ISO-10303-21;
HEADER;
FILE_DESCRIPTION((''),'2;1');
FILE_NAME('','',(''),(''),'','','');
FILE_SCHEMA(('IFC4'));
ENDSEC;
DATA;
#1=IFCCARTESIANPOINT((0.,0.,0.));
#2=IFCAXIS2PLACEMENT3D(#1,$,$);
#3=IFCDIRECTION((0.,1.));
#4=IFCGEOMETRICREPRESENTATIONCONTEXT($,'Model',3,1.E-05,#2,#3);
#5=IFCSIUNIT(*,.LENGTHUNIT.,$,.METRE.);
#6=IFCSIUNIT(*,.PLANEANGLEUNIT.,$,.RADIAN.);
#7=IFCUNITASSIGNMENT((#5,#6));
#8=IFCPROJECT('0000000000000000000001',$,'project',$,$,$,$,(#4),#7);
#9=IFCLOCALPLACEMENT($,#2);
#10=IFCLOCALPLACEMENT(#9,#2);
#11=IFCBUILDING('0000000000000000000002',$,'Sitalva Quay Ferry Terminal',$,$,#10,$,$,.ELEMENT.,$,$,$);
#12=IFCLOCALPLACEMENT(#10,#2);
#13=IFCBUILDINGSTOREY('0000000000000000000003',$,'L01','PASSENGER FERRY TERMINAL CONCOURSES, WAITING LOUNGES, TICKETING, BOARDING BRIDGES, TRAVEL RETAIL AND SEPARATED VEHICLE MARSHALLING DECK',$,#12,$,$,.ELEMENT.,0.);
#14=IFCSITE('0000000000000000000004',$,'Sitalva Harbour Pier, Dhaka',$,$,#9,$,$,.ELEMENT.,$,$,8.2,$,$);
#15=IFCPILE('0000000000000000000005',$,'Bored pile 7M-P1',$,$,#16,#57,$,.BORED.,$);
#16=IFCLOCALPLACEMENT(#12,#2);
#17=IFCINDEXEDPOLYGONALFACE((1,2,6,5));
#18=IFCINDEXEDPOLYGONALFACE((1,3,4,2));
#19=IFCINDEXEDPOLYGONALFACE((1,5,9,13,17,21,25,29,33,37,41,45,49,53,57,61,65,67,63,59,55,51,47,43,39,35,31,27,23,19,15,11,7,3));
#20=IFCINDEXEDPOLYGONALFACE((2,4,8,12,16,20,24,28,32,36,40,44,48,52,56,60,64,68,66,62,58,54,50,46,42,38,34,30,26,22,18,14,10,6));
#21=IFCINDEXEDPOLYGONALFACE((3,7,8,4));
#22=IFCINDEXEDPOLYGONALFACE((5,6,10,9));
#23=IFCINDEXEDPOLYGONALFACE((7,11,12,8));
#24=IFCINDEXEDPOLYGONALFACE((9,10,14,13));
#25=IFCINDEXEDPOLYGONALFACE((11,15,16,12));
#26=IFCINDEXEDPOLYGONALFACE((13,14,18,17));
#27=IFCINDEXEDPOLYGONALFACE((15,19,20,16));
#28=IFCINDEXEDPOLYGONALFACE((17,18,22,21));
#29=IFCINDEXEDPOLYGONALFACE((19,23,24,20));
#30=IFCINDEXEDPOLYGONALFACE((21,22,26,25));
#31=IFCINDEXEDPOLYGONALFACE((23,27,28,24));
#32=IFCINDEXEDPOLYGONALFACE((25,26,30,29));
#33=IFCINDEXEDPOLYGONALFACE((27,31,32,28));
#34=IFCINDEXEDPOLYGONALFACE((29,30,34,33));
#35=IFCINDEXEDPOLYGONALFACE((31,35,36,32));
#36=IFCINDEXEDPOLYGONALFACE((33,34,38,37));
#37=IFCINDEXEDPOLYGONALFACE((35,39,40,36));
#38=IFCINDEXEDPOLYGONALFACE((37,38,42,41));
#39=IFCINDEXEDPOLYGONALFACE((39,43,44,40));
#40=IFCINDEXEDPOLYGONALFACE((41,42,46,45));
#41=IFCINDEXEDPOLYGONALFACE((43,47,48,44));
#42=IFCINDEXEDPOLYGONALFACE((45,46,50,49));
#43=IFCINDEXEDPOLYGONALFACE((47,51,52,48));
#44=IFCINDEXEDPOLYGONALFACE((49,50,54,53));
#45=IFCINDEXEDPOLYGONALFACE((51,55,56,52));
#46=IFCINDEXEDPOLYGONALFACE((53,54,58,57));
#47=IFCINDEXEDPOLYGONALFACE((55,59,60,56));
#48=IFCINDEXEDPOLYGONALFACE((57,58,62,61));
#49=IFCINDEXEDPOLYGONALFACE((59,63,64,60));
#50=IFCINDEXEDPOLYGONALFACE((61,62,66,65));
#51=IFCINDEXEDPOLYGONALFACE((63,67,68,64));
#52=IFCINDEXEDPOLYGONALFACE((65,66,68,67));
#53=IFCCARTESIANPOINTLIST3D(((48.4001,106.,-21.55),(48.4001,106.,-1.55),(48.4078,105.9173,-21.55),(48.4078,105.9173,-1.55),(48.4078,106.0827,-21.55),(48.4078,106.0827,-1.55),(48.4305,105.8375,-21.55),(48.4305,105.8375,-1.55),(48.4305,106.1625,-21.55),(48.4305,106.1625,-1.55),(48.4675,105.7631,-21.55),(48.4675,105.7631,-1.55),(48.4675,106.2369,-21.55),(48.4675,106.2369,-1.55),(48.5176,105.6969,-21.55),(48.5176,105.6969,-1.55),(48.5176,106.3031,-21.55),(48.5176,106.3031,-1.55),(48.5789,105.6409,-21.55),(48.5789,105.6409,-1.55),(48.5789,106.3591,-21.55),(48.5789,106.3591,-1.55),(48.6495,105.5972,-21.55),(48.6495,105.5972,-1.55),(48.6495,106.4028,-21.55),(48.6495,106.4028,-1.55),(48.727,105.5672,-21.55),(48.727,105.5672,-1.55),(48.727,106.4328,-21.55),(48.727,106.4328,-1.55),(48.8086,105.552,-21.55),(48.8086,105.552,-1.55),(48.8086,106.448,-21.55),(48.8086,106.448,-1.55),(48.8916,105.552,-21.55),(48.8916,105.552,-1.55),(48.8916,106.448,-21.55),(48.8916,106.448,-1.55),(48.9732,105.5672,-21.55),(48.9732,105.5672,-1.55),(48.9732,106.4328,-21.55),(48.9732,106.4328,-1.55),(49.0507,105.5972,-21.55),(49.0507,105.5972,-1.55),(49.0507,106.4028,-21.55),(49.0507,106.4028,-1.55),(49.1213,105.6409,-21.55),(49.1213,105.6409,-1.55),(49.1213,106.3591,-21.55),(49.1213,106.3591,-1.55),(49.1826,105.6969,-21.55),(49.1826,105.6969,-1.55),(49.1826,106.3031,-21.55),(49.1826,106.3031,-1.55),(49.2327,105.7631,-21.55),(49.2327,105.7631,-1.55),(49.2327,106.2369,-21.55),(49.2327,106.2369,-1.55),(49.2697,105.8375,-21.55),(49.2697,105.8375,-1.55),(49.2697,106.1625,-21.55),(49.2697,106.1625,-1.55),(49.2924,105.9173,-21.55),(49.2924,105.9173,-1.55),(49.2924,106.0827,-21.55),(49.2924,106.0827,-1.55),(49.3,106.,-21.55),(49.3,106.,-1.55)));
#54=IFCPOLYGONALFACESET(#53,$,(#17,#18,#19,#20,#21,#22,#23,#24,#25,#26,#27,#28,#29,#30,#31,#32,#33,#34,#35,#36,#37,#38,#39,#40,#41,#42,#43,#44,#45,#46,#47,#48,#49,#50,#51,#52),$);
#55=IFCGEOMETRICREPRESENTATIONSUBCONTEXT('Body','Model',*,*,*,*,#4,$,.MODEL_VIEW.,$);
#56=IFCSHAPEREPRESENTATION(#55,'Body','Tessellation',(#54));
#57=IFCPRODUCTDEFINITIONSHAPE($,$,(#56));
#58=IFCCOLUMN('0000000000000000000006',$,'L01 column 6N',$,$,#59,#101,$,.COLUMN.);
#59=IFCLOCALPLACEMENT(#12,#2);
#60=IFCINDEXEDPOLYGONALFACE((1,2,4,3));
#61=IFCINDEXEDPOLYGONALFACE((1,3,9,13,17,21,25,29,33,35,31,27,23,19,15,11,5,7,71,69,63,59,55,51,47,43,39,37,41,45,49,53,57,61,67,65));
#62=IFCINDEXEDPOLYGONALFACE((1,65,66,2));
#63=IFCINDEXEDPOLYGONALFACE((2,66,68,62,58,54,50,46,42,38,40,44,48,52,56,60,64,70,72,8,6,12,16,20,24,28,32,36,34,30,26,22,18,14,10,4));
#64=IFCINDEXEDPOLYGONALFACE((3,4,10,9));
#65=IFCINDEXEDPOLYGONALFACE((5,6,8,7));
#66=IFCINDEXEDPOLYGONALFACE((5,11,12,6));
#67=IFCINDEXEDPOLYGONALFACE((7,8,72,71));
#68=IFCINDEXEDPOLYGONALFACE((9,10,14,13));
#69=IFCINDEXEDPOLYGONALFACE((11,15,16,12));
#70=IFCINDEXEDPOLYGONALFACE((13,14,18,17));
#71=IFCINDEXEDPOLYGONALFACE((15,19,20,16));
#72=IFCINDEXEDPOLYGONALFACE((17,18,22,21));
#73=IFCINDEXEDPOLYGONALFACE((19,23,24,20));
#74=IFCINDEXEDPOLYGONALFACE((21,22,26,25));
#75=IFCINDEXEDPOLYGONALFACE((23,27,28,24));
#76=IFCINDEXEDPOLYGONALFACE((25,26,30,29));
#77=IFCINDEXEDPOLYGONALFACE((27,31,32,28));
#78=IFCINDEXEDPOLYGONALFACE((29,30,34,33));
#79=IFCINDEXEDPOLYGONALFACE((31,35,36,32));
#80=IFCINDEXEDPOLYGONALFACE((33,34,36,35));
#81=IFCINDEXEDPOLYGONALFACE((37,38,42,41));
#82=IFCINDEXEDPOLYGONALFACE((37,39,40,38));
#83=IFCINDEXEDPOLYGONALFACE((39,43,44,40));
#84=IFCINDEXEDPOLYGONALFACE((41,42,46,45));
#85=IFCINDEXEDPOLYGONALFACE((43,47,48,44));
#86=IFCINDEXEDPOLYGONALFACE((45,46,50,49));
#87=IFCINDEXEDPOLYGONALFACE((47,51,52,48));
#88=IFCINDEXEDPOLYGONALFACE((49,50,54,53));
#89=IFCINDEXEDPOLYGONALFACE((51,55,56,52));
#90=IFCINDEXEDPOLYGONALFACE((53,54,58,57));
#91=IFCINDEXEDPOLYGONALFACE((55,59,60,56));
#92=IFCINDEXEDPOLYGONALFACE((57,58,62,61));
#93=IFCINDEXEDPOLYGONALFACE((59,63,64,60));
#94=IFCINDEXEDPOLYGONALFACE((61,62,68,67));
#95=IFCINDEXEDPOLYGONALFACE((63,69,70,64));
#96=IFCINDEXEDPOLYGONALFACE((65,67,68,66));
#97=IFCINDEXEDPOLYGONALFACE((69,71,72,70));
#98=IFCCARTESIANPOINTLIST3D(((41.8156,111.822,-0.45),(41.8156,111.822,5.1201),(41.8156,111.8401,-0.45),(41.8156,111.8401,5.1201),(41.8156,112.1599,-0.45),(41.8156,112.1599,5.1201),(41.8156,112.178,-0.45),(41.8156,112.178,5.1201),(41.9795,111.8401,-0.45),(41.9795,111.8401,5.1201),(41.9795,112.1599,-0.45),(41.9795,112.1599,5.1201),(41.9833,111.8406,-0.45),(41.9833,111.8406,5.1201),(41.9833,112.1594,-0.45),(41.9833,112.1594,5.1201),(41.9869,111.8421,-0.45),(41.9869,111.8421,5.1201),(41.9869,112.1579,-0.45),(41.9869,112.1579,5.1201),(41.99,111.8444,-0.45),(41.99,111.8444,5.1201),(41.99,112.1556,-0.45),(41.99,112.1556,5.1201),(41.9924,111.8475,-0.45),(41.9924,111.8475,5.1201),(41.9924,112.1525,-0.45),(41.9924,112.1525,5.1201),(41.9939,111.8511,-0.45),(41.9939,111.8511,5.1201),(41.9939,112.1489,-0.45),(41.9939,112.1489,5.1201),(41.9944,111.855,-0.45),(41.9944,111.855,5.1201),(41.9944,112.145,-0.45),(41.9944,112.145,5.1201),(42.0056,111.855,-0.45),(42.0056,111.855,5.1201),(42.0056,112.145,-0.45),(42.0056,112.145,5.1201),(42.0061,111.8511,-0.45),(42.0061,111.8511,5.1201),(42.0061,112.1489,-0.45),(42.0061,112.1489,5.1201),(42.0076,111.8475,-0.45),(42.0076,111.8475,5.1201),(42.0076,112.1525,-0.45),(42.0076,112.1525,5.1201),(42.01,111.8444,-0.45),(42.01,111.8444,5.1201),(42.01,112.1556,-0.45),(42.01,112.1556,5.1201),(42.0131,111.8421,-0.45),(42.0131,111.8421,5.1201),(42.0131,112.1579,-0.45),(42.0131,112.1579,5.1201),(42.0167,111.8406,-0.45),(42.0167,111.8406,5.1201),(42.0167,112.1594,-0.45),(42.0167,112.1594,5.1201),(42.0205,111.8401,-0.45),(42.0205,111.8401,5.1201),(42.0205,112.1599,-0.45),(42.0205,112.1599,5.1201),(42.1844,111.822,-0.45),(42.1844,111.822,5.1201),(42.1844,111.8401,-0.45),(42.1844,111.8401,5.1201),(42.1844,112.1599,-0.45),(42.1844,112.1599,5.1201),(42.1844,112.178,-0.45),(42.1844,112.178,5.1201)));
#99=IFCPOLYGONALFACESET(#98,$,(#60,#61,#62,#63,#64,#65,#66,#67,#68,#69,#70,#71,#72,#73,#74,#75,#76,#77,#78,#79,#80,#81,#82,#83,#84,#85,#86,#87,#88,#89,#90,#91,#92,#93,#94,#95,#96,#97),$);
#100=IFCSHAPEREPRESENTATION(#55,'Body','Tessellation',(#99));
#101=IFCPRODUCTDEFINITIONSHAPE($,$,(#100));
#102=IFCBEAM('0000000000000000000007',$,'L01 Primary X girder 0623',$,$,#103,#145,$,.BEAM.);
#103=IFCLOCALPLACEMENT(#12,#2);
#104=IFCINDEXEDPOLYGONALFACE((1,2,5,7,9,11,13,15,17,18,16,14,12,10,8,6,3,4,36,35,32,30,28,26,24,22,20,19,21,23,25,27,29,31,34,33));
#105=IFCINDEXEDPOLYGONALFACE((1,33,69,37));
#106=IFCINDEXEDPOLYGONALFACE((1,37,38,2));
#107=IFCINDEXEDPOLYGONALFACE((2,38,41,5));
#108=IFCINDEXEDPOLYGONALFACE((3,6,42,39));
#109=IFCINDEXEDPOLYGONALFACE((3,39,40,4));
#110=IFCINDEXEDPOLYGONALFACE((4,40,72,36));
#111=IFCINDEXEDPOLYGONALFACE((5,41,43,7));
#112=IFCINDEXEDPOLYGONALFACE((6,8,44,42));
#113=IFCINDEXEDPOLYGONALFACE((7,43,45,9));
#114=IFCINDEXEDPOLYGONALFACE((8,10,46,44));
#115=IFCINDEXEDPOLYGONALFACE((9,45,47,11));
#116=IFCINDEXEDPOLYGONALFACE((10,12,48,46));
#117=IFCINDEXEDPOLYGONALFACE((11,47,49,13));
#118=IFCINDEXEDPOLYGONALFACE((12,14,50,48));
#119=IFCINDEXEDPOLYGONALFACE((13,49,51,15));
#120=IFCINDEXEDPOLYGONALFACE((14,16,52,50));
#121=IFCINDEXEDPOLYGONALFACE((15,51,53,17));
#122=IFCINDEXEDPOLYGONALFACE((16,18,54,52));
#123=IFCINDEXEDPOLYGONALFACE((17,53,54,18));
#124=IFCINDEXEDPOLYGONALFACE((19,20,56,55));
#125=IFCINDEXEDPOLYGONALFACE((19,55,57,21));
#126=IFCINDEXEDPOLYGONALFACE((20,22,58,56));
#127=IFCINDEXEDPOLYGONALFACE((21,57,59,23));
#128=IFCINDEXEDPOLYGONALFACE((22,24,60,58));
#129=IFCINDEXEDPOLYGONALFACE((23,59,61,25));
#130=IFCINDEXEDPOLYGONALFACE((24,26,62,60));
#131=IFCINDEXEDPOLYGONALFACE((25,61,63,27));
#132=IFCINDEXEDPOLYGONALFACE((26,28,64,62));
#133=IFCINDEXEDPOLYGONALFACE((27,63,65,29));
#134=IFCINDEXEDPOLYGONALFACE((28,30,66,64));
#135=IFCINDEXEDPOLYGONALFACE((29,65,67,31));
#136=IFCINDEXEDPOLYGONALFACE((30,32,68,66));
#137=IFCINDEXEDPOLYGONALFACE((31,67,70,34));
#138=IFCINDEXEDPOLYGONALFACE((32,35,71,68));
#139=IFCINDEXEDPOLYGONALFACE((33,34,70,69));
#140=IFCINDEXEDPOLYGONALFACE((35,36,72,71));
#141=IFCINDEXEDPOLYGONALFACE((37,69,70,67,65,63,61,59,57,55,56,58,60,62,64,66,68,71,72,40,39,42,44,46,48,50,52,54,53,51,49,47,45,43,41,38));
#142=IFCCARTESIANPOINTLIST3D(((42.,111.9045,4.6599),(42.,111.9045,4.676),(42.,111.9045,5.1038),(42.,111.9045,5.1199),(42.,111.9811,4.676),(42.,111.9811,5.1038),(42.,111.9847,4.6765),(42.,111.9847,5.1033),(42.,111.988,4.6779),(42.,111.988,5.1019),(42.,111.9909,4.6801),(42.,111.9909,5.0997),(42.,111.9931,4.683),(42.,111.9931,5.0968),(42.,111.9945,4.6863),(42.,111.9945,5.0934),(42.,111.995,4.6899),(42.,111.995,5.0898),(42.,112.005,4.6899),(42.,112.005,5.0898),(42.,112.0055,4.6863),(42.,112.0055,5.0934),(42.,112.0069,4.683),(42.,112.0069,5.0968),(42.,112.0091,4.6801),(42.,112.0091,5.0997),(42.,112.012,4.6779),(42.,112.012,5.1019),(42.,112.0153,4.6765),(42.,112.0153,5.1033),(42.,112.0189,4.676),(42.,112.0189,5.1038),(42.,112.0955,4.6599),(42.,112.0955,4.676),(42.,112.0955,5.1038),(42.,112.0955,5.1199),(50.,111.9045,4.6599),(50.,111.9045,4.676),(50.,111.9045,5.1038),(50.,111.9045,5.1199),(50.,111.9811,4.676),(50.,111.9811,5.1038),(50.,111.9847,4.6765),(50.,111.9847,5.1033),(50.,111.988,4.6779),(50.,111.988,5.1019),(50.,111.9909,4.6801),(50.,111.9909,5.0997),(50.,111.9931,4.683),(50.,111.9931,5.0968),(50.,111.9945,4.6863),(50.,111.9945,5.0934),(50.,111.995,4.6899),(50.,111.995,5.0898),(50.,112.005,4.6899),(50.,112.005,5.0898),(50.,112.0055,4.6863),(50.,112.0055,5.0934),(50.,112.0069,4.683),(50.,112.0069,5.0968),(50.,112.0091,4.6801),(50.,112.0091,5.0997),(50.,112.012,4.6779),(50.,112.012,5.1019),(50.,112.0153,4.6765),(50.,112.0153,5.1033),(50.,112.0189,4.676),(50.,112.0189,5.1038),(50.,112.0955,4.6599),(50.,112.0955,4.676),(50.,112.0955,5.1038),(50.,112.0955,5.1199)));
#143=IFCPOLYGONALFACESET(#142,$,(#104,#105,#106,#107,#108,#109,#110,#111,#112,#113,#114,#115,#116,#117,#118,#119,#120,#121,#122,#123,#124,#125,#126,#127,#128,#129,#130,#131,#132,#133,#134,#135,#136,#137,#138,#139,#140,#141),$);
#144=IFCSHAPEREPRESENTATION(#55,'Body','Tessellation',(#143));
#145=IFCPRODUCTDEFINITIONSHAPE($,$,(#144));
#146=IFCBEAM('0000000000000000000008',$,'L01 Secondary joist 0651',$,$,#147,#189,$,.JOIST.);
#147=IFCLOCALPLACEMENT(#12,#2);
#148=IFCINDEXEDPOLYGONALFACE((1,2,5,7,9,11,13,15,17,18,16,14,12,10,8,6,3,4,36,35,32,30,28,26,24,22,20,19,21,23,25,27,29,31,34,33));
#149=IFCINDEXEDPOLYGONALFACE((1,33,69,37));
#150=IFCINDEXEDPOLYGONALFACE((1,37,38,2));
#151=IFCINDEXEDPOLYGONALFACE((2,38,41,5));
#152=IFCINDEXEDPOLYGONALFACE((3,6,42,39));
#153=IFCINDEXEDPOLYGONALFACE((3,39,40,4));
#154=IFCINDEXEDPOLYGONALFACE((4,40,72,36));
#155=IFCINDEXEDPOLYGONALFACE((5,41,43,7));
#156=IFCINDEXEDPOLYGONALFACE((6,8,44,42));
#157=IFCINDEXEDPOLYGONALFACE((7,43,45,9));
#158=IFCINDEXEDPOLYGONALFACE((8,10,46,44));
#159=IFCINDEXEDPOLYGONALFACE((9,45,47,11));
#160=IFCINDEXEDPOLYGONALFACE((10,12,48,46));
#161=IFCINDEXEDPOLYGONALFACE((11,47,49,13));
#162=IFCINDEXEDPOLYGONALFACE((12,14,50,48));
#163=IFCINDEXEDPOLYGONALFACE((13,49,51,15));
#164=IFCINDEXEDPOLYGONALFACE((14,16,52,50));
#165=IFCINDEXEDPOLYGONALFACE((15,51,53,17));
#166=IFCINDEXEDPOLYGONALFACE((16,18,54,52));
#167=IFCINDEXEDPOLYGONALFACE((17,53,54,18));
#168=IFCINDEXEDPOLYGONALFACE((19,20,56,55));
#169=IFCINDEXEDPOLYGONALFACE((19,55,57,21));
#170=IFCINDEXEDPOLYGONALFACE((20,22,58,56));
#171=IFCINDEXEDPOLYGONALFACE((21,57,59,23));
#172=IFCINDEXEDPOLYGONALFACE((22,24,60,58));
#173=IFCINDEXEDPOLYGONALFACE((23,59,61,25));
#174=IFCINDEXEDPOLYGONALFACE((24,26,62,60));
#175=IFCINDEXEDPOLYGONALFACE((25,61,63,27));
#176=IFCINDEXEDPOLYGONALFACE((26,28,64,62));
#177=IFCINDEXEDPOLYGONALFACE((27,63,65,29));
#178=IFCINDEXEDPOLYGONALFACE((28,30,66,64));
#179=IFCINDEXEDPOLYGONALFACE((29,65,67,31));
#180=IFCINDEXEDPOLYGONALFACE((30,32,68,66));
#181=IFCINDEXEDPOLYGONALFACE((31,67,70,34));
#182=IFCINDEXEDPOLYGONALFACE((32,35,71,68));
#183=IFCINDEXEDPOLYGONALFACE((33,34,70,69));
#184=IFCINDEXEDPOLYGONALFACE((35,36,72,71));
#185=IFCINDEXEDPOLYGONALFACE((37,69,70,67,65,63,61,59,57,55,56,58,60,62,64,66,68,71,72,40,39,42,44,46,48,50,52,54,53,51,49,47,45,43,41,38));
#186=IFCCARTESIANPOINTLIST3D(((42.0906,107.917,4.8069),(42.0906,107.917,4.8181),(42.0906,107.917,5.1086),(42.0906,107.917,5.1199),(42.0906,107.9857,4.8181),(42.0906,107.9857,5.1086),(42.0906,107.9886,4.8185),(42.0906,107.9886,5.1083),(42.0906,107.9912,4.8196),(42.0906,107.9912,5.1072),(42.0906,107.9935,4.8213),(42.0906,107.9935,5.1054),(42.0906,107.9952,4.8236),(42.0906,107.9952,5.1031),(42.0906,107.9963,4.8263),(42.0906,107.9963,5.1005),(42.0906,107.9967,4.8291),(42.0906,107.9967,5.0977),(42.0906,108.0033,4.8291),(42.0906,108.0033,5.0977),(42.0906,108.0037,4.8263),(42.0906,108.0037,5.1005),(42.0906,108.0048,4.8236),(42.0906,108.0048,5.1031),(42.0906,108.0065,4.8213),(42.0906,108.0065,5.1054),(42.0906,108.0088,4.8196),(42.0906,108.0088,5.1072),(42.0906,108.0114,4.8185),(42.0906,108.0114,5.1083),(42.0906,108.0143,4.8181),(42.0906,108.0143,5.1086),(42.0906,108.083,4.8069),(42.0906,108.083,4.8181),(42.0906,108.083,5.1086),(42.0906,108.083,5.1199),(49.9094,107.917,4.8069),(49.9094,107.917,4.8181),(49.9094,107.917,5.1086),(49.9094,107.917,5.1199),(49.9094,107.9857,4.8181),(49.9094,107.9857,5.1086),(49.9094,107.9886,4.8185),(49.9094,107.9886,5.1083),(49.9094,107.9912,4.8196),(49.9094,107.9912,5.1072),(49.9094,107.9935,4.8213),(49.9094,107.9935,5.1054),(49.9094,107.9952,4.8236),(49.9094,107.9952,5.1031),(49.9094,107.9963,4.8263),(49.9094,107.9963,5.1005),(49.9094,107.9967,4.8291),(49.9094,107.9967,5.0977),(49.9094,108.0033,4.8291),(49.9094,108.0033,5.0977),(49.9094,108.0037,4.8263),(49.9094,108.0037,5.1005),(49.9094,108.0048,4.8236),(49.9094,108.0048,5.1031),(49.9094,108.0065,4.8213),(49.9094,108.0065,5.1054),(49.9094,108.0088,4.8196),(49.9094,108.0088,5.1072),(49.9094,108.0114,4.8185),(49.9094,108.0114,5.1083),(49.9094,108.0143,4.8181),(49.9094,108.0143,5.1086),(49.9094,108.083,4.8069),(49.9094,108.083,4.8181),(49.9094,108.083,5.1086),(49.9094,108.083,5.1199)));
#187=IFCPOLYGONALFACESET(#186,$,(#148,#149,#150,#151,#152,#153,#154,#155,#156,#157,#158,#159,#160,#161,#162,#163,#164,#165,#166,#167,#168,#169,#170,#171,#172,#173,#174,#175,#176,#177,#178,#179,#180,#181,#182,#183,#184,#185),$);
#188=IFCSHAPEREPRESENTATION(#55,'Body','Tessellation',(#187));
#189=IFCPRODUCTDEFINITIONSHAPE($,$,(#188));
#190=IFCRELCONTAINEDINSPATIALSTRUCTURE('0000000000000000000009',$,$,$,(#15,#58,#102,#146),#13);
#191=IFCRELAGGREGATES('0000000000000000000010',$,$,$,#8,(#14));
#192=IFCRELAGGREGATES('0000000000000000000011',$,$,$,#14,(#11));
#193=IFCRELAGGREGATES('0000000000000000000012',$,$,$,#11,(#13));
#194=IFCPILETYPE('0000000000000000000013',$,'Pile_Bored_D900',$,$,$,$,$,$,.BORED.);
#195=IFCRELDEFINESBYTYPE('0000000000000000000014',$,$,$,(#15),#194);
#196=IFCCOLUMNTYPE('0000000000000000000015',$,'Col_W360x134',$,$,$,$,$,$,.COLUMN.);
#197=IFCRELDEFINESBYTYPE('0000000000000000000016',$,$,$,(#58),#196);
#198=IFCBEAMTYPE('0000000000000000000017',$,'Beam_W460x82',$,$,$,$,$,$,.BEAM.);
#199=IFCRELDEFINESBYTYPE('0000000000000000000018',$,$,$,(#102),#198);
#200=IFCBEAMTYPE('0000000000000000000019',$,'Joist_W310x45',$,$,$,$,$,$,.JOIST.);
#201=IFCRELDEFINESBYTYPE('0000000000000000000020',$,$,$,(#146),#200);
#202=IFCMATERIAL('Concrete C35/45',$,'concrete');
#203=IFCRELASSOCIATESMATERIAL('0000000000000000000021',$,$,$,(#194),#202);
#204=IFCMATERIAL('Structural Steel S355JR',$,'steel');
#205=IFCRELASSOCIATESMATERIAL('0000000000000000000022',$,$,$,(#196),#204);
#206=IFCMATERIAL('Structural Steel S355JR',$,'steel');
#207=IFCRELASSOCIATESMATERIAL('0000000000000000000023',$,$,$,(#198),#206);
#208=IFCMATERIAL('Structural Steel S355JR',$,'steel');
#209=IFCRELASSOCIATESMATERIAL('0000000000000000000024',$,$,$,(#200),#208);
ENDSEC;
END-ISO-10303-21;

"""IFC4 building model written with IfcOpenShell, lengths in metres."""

from ifc_helpers import new_model, si_unit, direction, frame, origin, origin_2d, place, context, subcontext, project, spatial, circle, i_section, extrude, material, material_profile, profile_set, type_object, element, save


model = new_model("IFC4")

# Units and contexts
model_context = context("Model", 3, precision=1e-05, world=origin(), true_north=direction((0.0, 1.0)))
body_context = subcontext(model_context, "Body", "Model", "MODEL_VIEW")
ifc_project = project(units=[si_unit("LENGTHUNIT", "METRE"), si_unit("PLANEANGLEUNIT", "RADIAN")], contexts=[model_context])

# Site, building, storey
site_placement = place(None, origin())
site = spatial("IfcSite", under=ifc_project, at=site_placement, Name="Sitalva Harbour Pier, Dhaka", CompositionType="ELEMENT", RefElevation=8.2)
building_placement = place(site_placement, origin())
building = spatial("IfcBuilding", under=site, at=building_placement, Name="Sitalva Quay Ferry Terminal", CompositionType="ELEMENT")
storey_placement = place(building_placement, origin())
storey = spatial("IfcBuildingStorey", under=building, at=storey_placement, Name="L01", Description="PASSENGER FERRY TERMINAL CONCOURSES, WAITING LOUNGES, TICKETING, BOARDING BRIDGES, TRAVEL RETAIL AND SEPARATED VEHICLE MARSHALLING DECK", CompositionType="ELEMENT", Elevation=0.0)

# Pile
ifc_material_1 = material(Name="Concrete C35/45", Category="concrete")
ifc_material_profile_1 = material_profile(ifc_material_1, circle(Radius=0.45, at=origin_2d()), Name="PILE-D900")
ifc_profile_set_1 = profile_set([ifc_material_profile_1], Name="Concrete C35/45")
pile_type_1 = type_object("IfcPileType", Name="Pile_Bored_D900", PredefinedType="BORED", material=ifc_profile_set_1)
for number, where, z_axis, x_axis, name in (
    (1, (48.8501, 106.0, -1.55), (0.0, 0.0, -1.0), (1.0, 0.0, 0.0), "Bored pile 7M-P1"),
):
    element("IfcPile", number, at=place(storey_placement, frame(where, z_axis=z_axis, x_axis=x_axis)), inside=storey, type_object=pile_type_1, Name=name, PredefinedType="BORED", context=body_context, shape_type="SweptSolid", body=[
        extrude(circle(Radius=0.45, at=origin_2d()), origin(), (0.0, 0.0, 1.0), 20.0),
    ])

# Column
ifc_material_2 = material(Name="Structural Steel S355JR", Category="steel")
ifc_material_profile_2 = material_profile(ifc_material_2, i_section(OverallWidth=0.3689, OverallDepth=0.356, WebThickness=0.0112, FlangeThickness=0.0181, FilletRadius=0.0149, at=origin_2d()), Name="W360x134")
ifc_profile_set_2 = profile_set([ifc_material_profile_2], Name="Structural Steel S355JR")
column_type = type_object("IfcColumnType", Name="Col_W360x134", PredefinedType="COLUMN", material=ifc_profile_set_2)
column_placement = place(storey_placement, frame((42.0, 112.0, -0.45), z_axis=(0.0, 0.0, 1.0), x_axis=(1.0, 0.0, 0.0)))
element("IfcColumn", 2, at=column_placement, inside=storey, type_object=column_type, Name="L01 column 6N", PredefinedType="COLUMN", context=body_context, shape_type="SweptSolid", body=[
    extrude(i_section(OverallWidth=0.3689, OverallDepth=0.356, WebThickness=0.0112, FlangeThickness=0.0181, FilletRadius=0.0149, at=origin_2d()), origin(), (0.0, 0.0, 1.0), 5.5701),
])

# Beams
ifc_material_3 = material(Name="Structural Steel S355JR", Category="steel")
ifc_material_profile_3 = material_profile(ifc_material_3, i_section(OverallWidth=0.1909, OverallDepth=0.46, WebThickness=0.01, FlangeThickness=0.0161, FilletRadius=0.0139, at=origin_2d()), Name="W460x82")
ifc_profile_set_3 = profile_set([ifc_material_profile_3], Name="Structural Steel S355JR")
beam_type_1 = type_object("IfcBeamType", Name="Beam_W460x82", PredefinedType="BEAM", material=ifc_profile_set_3)
beam_placement = place(storey_placement, frame((42.0, 112.0, 4.8899), z_axis=(1.0, 0.0, 0.0), x_axis=(0.0, 1.0, 0.0)))
element("IfcBeam", 3, at=beam_placement, inside=storey, type_object=beam_type_1, Name="L01 Primary X girder 0623", PredefinedType="BEAM", context=body_context, shape_type="SweptSolid", body=[
    extrude(i_section(OverallWidth=0.1909, OverallDepth=0.46, WebThickness=0.01, FlangeThickness=0.0161, FilletRadius=0.0139, at=origin_2d()), origin(), (0.0, 0.0, 1.0), 8.0),
])
ifc_material_4 = material(Name="Structural Steel S355JR", Category="steel")
ifc_material_profile_4 = material_profile(ifc_material_4, i_section(OverallWidth=0.166, OverallDepth=0.313, WebThickness=0.0066, FlangeThickness=0.0112, FilletRadius=0.011, at=origin_2d()), Name="W310x45")
ifc_profile_set_4 = profile_set([ifc_material_profile_4], Name="Structural Steel S355JR")
beam_type_2 = type_object("IfcBeamType", Name="Joist_W310x45", PredefinedType="JOIST", material=ifc_profile_set_4)
for number, where, z_axis, x_axis, name in (
    (4, (42.0906, 108.0, 4.9634), (1.0, 0.0, 0.0), (0.0, 1.0, 0.0), "L01 Secondary joist 0651"),
):
    element("IfcBeam", number, at=place(storey_placement, frame(where, z_axis=z_axis, x_axis=x_axis)), inside=storey, type_object=beam_type_2, Name=name, PredefinedType="JOIST", context=body_context, shape_type="SweptSolid", body=[
        extrude(i_section(OverallWidth=0.166, OverallDepth=0.313, WebThickness=0.0066, FlangeThickness=0.0112, FilletRadius=0.011, at=origin_2d()), origin(), (0.0, 0.0, 1.0), 7.8188),
    ])

save(model, "model.ifc")
